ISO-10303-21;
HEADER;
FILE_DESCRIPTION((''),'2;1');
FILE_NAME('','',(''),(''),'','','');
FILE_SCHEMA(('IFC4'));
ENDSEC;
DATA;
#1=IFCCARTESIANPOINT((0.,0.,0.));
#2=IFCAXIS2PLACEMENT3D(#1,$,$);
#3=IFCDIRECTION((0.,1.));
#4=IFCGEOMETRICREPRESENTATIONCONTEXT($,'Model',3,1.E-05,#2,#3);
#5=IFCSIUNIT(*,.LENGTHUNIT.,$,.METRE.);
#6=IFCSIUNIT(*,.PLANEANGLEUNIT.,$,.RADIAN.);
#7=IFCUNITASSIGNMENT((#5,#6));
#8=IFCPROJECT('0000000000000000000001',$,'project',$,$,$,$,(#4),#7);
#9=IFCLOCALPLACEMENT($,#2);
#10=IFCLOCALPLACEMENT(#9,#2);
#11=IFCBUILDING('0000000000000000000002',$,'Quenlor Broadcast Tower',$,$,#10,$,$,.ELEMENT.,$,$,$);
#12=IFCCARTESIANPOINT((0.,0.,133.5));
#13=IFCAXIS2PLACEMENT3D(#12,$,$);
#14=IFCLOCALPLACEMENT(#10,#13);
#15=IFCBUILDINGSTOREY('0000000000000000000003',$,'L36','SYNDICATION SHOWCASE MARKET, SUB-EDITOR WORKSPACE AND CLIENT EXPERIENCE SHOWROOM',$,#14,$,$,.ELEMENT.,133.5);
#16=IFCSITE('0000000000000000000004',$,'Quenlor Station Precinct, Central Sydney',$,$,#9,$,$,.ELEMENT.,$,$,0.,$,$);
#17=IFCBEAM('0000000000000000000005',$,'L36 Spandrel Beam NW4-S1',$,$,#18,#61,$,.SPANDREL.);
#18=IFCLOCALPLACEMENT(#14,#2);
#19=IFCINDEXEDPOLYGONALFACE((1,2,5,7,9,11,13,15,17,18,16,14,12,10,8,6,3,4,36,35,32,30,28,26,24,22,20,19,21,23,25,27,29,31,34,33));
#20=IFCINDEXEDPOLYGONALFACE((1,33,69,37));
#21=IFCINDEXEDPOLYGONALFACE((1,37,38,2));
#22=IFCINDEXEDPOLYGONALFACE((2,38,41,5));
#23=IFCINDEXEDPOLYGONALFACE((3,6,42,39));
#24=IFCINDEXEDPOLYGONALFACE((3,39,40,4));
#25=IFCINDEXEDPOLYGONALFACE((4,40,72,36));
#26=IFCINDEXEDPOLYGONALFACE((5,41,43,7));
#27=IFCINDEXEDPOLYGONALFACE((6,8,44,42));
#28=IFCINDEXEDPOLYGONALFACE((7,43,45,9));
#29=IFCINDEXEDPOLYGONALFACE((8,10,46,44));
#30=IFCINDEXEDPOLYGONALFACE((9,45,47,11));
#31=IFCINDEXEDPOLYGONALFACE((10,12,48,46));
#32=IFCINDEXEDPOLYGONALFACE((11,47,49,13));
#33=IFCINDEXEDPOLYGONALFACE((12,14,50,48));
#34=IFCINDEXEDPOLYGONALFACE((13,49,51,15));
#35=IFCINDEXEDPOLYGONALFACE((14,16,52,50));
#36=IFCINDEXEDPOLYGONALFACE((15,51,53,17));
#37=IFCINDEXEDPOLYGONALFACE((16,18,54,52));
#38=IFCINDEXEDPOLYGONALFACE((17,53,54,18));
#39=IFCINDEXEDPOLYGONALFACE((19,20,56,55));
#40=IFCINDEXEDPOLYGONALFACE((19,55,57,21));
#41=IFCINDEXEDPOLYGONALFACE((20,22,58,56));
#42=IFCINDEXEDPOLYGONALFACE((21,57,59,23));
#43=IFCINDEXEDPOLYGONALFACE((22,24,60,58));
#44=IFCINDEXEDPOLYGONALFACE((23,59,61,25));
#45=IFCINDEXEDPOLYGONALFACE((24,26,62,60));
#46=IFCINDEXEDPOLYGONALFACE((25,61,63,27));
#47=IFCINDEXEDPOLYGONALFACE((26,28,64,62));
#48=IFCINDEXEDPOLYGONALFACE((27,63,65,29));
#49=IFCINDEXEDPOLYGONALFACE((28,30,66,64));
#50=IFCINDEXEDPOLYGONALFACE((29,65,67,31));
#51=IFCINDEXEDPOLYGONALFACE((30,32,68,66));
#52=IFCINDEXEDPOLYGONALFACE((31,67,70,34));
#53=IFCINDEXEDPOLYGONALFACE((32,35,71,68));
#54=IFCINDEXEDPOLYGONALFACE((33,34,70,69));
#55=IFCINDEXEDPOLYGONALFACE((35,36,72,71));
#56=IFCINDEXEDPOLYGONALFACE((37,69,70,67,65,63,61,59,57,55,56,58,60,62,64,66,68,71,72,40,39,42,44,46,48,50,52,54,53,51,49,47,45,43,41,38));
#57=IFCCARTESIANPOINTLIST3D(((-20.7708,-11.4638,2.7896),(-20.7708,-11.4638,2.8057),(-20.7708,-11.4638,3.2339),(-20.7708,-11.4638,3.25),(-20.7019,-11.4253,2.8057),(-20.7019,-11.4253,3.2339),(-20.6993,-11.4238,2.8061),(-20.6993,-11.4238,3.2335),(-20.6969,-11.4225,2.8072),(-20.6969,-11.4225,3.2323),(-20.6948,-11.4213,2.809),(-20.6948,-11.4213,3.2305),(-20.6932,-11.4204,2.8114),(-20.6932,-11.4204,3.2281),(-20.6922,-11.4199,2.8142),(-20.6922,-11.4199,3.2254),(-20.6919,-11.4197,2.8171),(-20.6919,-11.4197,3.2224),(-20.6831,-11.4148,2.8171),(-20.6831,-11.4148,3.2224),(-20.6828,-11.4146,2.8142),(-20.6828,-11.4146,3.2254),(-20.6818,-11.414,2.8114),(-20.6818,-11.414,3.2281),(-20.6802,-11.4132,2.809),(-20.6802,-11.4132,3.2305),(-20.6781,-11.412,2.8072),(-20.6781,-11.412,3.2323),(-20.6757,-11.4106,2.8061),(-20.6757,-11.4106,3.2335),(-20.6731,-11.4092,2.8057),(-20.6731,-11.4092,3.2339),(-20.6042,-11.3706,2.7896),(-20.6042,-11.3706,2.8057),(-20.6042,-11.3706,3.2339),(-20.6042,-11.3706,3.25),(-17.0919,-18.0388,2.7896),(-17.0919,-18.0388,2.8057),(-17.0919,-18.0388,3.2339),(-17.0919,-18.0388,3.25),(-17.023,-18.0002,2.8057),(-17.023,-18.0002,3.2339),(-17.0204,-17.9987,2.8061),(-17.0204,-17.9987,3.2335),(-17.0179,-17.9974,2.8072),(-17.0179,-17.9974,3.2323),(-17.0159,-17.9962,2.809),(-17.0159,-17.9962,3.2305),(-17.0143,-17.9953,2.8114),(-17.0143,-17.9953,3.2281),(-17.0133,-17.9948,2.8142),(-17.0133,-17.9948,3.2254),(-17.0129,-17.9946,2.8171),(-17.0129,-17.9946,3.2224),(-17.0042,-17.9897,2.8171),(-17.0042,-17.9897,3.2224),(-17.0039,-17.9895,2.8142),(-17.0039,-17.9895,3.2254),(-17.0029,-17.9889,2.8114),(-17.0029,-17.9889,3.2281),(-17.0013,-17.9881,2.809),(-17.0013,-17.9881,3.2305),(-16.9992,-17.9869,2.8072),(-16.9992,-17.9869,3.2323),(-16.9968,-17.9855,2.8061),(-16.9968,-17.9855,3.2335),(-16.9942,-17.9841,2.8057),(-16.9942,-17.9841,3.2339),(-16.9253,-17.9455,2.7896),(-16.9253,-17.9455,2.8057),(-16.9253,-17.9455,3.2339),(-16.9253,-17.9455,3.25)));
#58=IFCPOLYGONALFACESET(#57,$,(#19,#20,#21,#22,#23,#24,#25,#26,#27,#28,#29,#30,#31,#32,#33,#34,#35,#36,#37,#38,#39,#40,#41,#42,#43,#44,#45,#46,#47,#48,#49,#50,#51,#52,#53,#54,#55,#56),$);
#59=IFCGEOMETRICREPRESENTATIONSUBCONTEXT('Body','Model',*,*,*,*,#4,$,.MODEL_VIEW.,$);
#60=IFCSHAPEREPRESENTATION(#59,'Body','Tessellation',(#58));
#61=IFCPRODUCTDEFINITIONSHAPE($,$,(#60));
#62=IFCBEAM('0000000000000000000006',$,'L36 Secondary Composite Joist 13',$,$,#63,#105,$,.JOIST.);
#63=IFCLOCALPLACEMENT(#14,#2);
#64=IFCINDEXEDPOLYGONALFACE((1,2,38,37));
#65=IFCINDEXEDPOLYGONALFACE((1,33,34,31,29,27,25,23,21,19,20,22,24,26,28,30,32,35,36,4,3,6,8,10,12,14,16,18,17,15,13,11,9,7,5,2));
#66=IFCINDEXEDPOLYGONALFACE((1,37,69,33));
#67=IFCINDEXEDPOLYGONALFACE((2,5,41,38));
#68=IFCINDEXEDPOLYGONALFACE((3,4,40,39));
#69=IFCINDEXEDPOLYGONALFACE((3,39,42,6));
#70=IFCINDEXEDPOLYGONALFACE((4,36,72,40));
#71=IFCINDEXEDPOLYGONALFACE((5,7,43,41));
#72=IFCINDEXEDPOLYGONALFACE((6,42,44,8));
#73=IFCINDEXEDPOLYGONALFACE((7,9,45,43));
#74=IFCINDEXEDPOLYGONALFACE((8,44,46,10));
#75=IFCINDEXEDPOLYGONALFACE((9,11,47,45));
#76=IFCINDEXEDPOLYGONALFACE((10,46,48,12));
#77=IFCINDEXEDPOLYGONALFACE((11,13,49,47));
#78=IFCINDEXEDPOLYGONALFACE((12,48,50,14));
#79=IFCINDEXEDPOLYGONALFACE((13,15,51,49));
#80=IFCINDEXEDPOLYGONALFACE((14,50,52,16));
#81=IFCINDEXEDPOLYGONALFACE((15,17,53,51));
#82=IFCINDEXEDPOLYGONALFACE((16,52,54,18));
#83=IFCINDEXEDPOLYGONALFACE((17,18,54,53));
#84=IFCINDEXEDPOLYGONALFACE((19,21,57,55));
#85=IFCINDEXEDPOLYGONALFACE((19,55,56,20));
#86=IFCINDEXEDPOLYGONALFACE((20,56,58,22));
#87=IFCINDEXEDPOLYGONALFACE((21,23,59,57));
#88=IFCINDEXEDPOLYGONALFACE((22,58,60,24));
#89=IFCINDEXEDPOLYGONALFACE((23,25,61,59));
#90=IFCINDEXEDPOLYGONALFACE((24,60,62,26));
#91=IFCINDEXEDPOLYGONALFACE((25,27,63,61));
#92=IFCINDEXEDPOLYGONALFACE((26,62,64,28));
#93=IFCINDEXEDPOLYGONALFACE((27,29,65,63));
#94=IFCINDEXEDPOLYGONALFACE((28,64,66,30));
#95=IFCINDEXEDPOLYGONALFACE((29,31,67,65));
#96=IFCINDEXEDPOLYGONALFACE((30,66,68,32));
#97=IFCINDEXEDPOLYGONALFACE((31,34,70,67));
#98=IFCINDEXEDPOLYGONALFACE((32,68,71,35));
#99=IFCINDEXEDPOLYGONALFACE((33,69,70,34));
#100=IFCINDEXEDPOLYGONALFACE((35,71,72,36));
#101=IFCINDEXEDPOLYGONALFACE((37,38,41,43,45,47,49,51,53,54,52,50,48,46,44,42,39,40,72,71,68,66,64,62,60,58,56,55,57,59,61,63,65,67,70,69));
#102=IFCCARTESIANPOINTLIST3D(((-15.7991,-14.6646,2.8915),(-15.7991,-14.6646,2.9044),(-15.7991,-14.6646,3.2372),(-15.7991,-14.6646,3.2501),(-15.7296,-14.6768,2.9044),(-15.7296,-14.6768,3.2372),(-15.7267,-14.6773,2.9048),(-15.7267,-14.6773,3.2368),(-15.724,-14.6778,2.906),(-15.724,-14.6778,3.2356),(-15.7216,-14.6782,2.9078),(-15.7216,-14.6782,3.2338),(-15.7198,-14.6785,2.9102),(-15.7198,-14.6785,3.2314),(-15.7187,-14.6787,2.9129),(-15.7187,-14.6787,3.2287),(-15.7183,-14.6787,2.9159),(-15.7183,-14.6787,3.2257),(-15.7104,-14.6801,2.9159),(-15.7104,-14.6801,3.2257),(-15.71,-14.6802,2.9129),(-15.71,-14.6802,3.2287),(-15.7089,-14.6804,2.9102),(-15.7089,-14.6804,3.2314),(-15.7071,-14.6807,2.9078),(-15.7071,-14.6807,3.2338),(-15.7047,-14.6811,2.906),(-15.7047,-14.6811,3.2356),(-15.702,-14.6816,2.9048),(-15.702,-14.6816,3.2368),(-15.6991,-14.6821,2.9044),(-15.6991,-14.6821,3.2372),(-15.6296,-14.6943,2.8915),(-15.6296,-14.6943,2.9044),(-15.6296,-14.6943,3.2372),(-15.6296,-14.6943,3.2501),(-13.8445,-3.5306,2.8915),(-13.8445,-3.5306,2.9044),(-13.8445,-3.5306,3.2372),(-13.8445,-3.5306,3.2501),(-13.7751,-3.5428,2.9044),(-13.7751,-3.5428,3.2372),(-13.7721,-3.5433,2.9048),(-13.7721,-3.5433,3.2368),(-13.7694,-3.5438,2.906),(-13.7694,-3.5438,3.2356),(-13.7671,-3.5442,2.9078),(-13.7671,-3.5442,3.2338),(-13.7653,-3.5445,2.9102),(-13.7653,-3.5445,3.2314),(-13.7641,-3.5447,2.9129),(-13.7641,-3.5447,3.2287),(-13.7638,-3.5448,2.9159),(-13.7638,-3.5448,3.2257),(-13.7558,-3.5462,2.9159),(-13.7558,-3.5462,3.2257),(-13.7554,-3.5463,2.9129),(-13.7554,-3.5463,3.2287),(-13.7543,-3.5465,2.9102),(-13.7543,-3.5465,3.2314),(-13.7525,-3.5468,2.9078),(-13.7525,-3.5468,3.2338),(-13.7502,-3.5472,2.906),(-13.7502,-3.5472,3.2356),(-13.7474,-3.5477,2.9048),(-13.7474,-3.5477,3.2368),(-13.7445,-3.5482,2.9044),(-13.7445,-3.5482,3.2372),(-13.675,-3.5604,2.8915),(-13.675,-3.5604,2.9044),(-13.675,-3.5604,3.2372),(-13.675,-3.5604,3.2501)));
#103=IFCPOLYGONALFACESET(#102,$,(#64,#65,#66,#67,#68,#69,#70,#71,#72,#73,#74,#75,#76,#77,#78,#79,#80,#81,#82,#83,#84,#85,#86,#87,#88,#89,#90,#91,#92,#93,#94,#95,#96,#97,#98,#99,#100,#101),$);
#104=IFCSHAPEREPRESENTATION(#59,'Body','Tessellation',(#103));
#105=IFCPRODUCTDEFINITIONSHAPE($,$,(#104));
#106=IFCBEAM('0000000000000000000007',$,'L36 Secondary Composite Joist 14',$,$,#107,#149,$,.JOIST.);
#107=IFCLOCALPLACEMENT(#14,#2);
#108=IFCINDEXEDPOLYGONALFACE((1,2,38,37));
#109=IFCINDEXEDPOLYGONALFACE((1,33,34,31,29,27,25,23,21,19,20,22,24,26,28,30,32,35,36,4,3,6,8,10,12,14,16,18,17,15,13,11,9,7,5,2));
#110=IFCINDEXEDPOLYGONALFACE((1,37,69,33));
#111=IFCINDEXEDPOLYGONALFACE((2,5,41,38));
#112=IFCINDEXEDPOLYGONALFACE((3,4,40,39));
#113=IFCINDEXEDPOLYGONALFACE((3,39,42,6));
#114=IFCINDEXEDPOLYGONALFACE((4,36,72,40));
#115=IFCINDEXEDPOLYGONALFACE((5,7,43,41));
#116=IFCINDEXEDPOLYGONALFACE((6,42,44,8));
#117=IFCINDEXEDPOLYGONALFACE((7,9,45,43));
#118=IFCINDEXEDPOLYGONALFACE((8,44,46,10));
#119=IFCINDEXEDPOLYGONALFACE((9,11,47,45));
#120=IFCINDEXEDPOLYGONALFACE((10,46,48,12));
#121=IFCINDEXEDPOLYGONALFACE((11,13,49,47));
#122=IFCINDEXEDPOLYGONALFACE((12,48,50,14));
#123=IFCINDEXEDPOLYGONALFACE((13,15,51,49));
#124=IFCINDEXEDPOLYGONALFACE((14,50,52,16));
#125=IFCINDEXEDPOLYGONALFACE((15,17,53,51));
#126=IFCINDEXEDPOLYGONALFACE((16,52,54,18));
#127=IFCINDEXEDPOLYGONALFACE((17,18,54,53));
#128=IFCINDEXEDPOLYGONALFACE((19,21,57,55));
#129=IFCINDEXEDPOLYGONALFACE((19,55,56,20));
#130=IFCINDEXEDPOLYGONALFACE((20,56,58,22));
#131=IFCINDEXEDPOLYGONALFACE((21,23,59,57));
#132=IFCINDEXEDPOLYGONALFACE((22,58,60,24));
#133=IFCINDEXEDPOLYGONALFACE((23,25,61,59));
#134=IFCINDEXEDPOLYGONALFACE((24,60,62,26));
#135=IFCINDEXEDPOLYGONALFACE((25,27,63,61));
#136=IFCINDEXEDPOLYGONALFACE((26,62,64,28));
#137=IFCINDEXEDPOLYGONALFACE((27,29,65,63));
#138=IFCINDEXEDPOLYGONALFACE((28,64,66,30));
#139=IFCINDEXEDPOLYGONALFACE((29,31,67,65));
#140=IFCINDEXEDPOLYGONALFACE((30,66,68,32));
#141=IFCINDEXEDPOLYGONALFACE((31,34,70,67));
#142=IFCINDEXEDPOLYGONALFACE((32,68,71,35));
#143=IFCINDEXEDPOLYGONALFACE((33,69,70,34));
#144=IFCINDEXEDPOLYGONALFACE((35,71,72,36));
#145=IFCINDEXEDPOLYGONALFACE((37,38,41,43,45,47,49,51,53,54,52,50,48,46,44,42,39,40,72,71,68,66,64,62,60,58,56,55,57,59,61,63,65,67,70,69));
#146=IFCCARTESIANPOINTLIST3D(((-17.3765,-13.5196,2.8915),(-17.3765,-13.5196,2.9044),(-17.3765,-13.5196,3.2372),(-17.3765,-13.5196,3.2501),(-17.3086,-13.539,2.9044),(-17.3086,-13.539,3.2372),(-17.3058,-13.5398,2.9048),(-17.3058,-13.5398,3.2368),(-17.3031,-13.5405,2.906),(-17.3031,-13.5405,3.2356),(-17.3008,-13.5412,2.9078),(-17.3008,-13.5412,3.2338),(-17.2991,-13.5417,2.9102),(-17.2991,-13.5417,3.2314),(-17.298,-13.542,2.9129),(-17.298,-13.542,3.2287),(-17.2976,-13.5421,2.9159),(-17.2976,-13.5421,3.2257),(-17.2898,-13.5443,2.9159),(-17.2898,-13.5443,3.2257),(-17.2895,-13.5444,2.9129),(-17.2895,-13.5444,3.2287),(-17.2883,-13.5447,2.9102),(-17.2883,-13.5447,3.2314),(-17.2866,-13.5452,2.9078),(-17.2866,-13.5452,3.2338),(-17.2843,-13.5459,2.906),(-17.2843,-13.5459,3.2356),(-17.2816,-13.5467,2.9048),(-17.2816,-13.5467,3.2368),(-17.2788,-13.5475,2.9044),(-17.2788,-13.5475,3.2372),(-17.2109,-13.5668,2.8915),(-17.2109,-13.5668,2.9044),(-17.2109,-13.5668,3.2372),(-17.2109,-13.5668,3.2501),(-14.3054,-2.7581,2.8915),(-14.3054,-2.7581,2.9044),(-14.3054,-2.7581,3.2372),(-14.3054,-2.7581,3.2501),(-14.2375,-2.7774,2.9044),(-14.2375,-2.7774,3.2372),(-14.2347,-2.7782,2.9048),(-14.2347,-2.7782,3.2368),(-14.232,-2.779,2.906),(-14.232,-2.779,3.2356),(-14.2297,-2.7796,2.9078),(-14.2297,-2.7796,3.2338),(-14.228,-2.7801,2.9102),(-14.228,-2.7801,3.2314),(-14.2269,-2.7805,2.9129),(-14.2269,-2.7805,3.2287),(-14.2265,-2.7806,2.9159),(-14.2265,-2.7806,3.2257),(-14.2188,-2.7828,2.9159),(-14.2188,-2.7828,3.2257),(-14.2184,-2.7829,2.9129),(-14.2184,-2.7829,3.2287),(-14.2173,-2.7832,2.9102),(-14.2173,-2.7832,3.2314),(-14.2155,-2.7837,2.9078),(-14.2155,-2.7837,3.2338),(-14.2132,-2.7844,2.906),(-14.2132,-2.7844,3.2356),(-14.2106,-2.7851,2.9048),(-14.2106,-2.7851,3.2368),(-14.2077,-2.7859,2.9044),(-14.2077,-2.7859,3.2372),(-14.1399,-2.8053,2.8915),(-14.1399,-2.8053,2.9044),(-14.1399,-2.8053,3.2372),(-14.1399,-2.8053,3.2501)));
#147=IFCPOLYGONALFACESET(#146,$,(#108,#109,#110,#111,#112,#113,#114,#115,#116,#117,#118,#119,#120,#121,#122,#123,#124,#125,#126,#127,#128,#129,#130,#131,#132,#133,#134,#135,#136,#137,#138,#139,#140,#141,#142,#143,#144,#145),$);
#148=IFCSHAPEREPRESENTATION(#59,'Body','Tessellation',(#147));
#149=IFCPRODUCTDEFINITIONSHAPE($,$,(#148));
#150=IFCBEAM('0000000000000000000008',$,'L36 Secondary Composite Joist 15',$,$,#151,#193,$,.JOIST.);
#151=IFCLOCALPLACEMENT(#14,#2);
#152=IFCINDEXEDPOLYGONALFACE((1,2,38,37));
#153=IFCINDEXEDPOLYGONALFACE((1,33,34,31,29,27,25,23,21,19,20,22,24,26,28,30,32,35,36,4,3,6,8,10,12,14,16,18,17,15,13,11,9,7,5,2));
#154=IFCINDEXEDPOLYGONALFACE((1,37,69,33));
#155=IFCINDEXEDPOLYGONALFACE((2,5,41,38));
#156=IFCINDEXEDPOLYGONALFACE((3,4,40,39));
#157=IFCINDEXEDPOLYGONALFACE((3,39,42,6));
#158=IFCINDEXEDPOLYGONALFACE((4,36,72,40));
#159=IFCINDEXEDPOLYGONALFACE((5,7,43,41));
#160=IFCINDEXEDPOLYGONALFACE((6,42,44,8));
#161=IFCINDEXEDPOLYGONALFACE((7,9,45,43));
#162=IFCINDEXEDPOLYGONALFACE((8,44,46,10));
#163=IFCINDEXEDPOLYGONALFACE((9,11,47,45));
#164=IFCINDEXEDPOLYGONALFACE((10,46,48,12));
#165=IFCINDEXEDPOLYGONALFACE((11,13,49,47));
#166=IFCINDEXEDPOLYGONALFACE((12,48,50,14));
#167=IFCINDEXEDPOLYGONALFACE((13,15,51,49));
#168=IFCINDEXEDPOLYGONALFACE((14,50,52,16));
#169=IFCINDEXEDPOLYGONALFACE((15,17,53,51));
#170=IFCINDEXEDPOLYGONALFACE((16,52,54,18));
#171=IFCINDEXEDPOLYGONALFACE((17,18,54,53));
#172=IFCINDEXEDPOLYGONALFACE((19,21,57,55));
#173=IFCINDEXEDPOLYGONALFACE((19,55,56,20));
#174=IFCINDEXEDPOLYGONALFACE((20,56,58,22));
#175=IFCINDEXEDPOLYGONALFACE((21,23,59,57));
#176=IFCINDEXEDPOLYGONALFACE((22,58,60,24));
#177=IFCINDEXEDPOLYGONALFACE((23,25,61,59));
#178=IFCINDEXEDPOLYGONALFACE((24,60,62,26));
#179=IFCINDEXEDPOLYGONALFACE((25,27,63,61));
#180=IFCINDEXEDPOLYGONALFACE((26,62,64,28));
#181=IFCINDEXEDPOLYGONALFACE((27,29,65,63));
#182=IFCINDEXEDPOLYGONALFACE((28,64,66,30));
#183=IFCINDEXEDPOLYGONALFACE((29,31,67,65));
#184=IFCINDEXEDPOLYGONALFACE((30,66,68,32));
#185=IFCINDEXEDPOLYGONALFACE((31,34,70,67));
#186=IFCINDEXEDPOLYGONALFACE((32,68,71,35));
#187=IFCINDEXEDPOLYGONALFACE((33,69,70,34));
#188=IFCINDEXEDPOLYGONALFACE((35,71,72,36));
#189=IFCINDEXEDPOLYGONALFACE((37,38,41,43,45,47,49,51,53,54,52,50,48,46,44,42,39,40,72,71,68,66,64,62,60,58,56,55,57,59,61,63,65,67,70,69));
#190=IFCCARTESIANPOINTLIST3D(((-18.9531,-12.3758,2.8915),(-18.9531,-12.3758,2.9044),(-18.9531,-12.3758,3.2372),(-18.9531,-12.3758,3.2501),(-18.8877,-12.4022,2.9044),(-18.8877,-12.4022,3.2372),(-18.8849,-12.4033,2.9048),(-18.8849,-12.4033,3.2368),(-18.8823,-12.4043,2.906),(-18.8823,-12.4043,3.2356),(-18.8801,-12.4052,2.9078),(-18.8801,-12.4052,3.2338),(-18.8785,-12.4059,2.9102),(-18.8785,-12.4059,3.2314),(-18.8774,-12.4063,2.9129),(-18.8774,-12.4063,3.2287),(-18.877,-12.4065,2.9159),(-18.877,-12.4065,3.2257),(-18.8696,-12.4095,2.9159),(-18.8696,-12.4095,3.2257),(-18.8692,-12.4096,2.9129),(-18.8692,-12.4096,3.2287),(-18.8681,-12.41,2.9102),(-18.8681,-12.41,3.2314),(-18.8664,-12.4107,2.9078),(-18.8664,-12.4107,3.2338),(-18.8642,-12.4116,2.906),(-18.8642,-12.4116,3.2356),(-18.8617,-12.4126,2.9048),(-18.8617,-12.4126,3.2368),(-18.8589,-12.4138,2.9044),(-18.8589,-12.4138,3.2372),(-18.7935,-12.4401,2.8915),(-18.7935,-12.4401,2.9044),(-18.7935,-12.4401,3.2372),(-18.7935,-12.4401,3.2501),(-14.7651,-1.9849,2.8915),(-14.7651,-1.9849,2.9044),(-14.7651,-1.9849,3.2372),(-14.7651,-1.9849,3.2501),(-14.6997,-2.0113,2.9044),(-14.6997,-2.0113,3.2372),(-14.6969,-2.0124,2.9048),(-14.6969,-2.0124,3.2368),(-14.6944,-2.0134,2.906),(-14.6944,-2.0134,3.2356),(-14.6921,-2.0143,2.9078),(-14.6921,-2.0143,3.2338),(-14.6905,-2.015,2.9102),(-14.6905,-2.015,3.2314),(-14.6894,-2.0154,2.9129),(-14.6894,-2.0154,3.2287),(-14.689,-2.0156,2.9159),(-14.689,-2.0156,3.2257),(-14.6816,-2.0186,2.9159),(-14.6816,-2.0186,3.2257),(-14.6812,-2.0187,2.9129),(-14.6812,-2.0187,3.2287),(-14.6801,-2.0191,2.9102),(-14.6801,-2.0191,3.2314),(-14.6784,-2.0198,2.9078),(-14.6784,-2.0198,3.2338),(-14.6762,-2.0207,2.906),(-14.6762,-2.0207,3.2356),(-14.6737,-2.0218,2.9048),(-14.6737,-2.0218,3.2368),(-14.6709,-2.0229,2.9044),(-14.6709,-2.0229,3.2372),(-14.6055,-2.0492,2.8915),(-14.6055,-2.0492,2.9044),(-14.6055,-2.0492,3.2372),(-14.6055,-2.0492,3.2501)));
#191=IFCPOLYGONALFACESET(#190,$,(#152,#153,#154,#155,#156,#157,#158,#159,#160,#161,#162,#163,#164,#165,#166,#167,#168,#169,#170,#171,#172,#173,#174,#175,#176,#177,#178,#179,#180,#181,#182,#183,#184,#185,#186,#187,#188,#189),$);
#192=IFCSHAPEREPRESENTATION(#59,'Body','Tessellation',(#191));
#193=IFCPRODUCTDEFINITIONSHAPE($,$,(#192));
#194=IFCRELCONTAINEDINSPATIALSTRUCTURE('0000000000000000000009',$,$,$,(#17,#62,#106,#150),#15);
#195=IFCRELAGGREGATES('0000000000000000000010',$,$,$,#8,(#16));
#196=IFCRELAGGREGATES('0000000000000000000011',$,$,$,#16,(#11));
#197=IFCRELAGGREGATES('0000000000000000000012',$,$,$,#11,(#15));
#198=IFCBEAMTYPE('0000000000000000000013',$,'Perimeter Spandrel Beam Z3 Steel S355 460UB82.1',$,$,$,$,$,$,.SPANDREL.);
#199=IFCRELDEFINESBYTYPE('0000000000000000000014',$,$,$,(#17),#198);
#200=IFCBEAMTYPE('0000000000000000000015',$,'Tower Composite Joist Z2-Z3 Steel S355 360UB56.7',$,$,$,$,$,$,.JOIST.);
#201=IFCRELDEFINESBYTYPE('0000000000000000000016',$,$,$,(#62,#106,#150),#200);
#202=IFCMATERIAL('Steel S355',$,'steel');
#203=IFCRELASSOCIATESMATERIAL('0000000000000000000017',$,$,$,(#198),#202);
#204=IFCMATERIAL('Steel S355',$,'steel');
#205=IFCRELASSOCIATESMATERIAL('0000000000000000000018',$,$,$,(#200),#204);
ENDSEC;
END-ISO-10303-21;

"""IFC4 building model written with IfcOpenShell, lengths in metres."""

from ifc_helpers import new_model, si_unit, direction, frame, origin, origin_2d, place, context, subcontext, project, spatial, i_section, extrude, material, material_profile, profile_set, type_object, element, save


model = new_model("IFC4")

# Units and contexts
model_context = context("Model", 3, precision=1e-05, world=origin(), true_north=direction((0.0, 1.0)))
body_context = subcontext(model_context, "Body", "Model", "MODEL_VIEW")
ifc_project = project(units=[si_unit("LENGTHUNIT", "METRE"), si_unit("PLANEANGLEUNIT", "RADIAN")], contexts=[model_context])

# Site, building, storey
site_placement = place(None, origin())
site = spatial("IfcSite", under=ifc_project, at=site_placement, Name="Quenlor Station Precinct, Central Sydney", CompositionType="ELEMENT", RefElevation=0.0)
building_placement = place(site_placement, origin())
building = spatial("IfcBuilding", under=site, at=building_placement, Name="Quenlor Broadcast Tower", CompositionType="ELEMENT")
storey_placement = place(building_placement, frame((0.0, 0.0, 133.5)))
storey = spatial("IfcBuildingStorey", under=building, at=storey_placement, Name="L36", Description="SYNDICATION SHOWCASE MARKET, SUB-EDITOR WORKSPACE AND CLIENT EXPERIENCE SHOWROOM", CompositionType="ELEMENT", Elevation=133.5)

# Beams
ifc_material_1 = material(Name="Steel S355", Category="steel")
ifc_material_profile_1 = material_profile(ifc_material_1, i_section(OverallWidth=0.1909, OverallDepth=0.4604, WebThickness=0.01, FlangeThickness=0.0161, FilletRadius=0.0115, at=origin_2d()))
ifc_profile_set_1 = profile_set([ifc_material_profile_1], Name="Steel S355 460UB82.1")
beam_type_1 = type_object("IfcBeamType", Name="Perimeter Spandrel Beam Z3 Steel S355 460UB82.1", PredefinedType="SPANDREL", material=ifc_profile_set_1)
beam_1_placement = place(storey_placement, frame((-20.6875, -11.4172, 3.0198), z_axis=(0.488298, -0.872677, 0.0), x_axis=(0.872677, 0.488298, 0.0)))
element("IfcBeam", 1, at=beam_1_placement, inside=storey, type_object=beam_type_1, Name="L36 Spandrel Beam NW4-S1", PredefinedType="SPANDREL", context=body_context, shape_type="SweptSolid", body=[
    extrude(i_section(OverallWidth=0.1909, OverallDepth=0.4604, WebThickness=0.01, FlangeThickness=0.0161, FilletRadius=0.0115, at=origin_2d()), origin(), (0.0, 0.0, 1.0), 7.5342),
])
ifc_material_2 = material(Name="Steel S355", Category="steel")
ifc_material_profile_2 = material_profile(ifc_material_2, i_section(OverallWidth=0.1721, OverallDepth=0.3586, WebThickness=0.0081, FlangeThickness=0.0129, FilletRadius=0.0115, at=origin_2d()))
ifc_profile_set_2 = profile_set([ifc_material_profile_2], Name="Steel S355 360UB56.7")
beam_type_2 = type_object("IfcBeamType", Name="Tower Composite Joist Z2-Z3 Steel S355 360UB56.7", PredefinedType="JOIST", material=ifc_profile_set_2)
beam_2_placement = place(storey_placement, frame((-15.7144, -14.6794, 3.0708), z_axis=(0.172907, 0.984938, 0.0), x_axis=(-0.984938, 0.172907, 0.0)))
element("IfcBeam", 2, at=beam_2_placement, inside=storey, type_object=beam_type_2, Name="L36 Secondary Composite Joist 13", PredefinedType="JOIST", context=body_context, shape_type="SweptSolid", body=[
    extrude(i_section(OverallWidth=0.1721, OverallDepth=0.3586, WebThickness=0.0081, FlangeThickness=0.0129, FilletRadius=0.0115, at=origin_2d()), origin(), (0.0, 0.0, 1.0), 11.3042),
])
beam_3_placement = place(storey_placement, frame((-17.2937, -13.5432, 3.0708), z_axis=(0.274419, 0.96161, 0.0), x_axis=(-0.96161, 0.274419, 0.0)))
element("IfcBeam", 3, at=beam_3_placement, inside=storey, type_object=beam_type_2, Name="L36 Secondary Composite Joist 14", PredefinedType="JOIST", context=body_context, shape_type="SweptSolid", body=[
    extrude(i_section(OverallWidth=0.1721, OverallDepth=0.3586, WebThickness=0.0081, FlangeThickness=0.0129, FilletRadius=0.0115, at=origin_2d()), origin(), (0.0, 0.0, 1.0), 11.1912),
])
beam_4_placement = place(storey_placement, frame((-18.8733, -12.408, 3.0708), z_axis=(0.373824, 0.9275, 0.0), x_axis=(-0.9275, 0.373824, 0.0)))
element("IfcBeam", 4, at=beam_4_placement, inside=storey, type_object=beam_type_2, Name="L36 Secondary Composite Joist 15", PredefinedType="JOIST", context=body_context, shape_type="SweptSolid", body=[
    extrude(i_section(OverallWidth=0.1721, OverallDepth=0.3586, WebThickness=0.0081, FlangeThickness=0.0129, FilletRadius=0.0115, at=origin_2d()), origin(), (0.0, 0.0, 1.0), 11.2031),
])

save(model, "model.ifc")
